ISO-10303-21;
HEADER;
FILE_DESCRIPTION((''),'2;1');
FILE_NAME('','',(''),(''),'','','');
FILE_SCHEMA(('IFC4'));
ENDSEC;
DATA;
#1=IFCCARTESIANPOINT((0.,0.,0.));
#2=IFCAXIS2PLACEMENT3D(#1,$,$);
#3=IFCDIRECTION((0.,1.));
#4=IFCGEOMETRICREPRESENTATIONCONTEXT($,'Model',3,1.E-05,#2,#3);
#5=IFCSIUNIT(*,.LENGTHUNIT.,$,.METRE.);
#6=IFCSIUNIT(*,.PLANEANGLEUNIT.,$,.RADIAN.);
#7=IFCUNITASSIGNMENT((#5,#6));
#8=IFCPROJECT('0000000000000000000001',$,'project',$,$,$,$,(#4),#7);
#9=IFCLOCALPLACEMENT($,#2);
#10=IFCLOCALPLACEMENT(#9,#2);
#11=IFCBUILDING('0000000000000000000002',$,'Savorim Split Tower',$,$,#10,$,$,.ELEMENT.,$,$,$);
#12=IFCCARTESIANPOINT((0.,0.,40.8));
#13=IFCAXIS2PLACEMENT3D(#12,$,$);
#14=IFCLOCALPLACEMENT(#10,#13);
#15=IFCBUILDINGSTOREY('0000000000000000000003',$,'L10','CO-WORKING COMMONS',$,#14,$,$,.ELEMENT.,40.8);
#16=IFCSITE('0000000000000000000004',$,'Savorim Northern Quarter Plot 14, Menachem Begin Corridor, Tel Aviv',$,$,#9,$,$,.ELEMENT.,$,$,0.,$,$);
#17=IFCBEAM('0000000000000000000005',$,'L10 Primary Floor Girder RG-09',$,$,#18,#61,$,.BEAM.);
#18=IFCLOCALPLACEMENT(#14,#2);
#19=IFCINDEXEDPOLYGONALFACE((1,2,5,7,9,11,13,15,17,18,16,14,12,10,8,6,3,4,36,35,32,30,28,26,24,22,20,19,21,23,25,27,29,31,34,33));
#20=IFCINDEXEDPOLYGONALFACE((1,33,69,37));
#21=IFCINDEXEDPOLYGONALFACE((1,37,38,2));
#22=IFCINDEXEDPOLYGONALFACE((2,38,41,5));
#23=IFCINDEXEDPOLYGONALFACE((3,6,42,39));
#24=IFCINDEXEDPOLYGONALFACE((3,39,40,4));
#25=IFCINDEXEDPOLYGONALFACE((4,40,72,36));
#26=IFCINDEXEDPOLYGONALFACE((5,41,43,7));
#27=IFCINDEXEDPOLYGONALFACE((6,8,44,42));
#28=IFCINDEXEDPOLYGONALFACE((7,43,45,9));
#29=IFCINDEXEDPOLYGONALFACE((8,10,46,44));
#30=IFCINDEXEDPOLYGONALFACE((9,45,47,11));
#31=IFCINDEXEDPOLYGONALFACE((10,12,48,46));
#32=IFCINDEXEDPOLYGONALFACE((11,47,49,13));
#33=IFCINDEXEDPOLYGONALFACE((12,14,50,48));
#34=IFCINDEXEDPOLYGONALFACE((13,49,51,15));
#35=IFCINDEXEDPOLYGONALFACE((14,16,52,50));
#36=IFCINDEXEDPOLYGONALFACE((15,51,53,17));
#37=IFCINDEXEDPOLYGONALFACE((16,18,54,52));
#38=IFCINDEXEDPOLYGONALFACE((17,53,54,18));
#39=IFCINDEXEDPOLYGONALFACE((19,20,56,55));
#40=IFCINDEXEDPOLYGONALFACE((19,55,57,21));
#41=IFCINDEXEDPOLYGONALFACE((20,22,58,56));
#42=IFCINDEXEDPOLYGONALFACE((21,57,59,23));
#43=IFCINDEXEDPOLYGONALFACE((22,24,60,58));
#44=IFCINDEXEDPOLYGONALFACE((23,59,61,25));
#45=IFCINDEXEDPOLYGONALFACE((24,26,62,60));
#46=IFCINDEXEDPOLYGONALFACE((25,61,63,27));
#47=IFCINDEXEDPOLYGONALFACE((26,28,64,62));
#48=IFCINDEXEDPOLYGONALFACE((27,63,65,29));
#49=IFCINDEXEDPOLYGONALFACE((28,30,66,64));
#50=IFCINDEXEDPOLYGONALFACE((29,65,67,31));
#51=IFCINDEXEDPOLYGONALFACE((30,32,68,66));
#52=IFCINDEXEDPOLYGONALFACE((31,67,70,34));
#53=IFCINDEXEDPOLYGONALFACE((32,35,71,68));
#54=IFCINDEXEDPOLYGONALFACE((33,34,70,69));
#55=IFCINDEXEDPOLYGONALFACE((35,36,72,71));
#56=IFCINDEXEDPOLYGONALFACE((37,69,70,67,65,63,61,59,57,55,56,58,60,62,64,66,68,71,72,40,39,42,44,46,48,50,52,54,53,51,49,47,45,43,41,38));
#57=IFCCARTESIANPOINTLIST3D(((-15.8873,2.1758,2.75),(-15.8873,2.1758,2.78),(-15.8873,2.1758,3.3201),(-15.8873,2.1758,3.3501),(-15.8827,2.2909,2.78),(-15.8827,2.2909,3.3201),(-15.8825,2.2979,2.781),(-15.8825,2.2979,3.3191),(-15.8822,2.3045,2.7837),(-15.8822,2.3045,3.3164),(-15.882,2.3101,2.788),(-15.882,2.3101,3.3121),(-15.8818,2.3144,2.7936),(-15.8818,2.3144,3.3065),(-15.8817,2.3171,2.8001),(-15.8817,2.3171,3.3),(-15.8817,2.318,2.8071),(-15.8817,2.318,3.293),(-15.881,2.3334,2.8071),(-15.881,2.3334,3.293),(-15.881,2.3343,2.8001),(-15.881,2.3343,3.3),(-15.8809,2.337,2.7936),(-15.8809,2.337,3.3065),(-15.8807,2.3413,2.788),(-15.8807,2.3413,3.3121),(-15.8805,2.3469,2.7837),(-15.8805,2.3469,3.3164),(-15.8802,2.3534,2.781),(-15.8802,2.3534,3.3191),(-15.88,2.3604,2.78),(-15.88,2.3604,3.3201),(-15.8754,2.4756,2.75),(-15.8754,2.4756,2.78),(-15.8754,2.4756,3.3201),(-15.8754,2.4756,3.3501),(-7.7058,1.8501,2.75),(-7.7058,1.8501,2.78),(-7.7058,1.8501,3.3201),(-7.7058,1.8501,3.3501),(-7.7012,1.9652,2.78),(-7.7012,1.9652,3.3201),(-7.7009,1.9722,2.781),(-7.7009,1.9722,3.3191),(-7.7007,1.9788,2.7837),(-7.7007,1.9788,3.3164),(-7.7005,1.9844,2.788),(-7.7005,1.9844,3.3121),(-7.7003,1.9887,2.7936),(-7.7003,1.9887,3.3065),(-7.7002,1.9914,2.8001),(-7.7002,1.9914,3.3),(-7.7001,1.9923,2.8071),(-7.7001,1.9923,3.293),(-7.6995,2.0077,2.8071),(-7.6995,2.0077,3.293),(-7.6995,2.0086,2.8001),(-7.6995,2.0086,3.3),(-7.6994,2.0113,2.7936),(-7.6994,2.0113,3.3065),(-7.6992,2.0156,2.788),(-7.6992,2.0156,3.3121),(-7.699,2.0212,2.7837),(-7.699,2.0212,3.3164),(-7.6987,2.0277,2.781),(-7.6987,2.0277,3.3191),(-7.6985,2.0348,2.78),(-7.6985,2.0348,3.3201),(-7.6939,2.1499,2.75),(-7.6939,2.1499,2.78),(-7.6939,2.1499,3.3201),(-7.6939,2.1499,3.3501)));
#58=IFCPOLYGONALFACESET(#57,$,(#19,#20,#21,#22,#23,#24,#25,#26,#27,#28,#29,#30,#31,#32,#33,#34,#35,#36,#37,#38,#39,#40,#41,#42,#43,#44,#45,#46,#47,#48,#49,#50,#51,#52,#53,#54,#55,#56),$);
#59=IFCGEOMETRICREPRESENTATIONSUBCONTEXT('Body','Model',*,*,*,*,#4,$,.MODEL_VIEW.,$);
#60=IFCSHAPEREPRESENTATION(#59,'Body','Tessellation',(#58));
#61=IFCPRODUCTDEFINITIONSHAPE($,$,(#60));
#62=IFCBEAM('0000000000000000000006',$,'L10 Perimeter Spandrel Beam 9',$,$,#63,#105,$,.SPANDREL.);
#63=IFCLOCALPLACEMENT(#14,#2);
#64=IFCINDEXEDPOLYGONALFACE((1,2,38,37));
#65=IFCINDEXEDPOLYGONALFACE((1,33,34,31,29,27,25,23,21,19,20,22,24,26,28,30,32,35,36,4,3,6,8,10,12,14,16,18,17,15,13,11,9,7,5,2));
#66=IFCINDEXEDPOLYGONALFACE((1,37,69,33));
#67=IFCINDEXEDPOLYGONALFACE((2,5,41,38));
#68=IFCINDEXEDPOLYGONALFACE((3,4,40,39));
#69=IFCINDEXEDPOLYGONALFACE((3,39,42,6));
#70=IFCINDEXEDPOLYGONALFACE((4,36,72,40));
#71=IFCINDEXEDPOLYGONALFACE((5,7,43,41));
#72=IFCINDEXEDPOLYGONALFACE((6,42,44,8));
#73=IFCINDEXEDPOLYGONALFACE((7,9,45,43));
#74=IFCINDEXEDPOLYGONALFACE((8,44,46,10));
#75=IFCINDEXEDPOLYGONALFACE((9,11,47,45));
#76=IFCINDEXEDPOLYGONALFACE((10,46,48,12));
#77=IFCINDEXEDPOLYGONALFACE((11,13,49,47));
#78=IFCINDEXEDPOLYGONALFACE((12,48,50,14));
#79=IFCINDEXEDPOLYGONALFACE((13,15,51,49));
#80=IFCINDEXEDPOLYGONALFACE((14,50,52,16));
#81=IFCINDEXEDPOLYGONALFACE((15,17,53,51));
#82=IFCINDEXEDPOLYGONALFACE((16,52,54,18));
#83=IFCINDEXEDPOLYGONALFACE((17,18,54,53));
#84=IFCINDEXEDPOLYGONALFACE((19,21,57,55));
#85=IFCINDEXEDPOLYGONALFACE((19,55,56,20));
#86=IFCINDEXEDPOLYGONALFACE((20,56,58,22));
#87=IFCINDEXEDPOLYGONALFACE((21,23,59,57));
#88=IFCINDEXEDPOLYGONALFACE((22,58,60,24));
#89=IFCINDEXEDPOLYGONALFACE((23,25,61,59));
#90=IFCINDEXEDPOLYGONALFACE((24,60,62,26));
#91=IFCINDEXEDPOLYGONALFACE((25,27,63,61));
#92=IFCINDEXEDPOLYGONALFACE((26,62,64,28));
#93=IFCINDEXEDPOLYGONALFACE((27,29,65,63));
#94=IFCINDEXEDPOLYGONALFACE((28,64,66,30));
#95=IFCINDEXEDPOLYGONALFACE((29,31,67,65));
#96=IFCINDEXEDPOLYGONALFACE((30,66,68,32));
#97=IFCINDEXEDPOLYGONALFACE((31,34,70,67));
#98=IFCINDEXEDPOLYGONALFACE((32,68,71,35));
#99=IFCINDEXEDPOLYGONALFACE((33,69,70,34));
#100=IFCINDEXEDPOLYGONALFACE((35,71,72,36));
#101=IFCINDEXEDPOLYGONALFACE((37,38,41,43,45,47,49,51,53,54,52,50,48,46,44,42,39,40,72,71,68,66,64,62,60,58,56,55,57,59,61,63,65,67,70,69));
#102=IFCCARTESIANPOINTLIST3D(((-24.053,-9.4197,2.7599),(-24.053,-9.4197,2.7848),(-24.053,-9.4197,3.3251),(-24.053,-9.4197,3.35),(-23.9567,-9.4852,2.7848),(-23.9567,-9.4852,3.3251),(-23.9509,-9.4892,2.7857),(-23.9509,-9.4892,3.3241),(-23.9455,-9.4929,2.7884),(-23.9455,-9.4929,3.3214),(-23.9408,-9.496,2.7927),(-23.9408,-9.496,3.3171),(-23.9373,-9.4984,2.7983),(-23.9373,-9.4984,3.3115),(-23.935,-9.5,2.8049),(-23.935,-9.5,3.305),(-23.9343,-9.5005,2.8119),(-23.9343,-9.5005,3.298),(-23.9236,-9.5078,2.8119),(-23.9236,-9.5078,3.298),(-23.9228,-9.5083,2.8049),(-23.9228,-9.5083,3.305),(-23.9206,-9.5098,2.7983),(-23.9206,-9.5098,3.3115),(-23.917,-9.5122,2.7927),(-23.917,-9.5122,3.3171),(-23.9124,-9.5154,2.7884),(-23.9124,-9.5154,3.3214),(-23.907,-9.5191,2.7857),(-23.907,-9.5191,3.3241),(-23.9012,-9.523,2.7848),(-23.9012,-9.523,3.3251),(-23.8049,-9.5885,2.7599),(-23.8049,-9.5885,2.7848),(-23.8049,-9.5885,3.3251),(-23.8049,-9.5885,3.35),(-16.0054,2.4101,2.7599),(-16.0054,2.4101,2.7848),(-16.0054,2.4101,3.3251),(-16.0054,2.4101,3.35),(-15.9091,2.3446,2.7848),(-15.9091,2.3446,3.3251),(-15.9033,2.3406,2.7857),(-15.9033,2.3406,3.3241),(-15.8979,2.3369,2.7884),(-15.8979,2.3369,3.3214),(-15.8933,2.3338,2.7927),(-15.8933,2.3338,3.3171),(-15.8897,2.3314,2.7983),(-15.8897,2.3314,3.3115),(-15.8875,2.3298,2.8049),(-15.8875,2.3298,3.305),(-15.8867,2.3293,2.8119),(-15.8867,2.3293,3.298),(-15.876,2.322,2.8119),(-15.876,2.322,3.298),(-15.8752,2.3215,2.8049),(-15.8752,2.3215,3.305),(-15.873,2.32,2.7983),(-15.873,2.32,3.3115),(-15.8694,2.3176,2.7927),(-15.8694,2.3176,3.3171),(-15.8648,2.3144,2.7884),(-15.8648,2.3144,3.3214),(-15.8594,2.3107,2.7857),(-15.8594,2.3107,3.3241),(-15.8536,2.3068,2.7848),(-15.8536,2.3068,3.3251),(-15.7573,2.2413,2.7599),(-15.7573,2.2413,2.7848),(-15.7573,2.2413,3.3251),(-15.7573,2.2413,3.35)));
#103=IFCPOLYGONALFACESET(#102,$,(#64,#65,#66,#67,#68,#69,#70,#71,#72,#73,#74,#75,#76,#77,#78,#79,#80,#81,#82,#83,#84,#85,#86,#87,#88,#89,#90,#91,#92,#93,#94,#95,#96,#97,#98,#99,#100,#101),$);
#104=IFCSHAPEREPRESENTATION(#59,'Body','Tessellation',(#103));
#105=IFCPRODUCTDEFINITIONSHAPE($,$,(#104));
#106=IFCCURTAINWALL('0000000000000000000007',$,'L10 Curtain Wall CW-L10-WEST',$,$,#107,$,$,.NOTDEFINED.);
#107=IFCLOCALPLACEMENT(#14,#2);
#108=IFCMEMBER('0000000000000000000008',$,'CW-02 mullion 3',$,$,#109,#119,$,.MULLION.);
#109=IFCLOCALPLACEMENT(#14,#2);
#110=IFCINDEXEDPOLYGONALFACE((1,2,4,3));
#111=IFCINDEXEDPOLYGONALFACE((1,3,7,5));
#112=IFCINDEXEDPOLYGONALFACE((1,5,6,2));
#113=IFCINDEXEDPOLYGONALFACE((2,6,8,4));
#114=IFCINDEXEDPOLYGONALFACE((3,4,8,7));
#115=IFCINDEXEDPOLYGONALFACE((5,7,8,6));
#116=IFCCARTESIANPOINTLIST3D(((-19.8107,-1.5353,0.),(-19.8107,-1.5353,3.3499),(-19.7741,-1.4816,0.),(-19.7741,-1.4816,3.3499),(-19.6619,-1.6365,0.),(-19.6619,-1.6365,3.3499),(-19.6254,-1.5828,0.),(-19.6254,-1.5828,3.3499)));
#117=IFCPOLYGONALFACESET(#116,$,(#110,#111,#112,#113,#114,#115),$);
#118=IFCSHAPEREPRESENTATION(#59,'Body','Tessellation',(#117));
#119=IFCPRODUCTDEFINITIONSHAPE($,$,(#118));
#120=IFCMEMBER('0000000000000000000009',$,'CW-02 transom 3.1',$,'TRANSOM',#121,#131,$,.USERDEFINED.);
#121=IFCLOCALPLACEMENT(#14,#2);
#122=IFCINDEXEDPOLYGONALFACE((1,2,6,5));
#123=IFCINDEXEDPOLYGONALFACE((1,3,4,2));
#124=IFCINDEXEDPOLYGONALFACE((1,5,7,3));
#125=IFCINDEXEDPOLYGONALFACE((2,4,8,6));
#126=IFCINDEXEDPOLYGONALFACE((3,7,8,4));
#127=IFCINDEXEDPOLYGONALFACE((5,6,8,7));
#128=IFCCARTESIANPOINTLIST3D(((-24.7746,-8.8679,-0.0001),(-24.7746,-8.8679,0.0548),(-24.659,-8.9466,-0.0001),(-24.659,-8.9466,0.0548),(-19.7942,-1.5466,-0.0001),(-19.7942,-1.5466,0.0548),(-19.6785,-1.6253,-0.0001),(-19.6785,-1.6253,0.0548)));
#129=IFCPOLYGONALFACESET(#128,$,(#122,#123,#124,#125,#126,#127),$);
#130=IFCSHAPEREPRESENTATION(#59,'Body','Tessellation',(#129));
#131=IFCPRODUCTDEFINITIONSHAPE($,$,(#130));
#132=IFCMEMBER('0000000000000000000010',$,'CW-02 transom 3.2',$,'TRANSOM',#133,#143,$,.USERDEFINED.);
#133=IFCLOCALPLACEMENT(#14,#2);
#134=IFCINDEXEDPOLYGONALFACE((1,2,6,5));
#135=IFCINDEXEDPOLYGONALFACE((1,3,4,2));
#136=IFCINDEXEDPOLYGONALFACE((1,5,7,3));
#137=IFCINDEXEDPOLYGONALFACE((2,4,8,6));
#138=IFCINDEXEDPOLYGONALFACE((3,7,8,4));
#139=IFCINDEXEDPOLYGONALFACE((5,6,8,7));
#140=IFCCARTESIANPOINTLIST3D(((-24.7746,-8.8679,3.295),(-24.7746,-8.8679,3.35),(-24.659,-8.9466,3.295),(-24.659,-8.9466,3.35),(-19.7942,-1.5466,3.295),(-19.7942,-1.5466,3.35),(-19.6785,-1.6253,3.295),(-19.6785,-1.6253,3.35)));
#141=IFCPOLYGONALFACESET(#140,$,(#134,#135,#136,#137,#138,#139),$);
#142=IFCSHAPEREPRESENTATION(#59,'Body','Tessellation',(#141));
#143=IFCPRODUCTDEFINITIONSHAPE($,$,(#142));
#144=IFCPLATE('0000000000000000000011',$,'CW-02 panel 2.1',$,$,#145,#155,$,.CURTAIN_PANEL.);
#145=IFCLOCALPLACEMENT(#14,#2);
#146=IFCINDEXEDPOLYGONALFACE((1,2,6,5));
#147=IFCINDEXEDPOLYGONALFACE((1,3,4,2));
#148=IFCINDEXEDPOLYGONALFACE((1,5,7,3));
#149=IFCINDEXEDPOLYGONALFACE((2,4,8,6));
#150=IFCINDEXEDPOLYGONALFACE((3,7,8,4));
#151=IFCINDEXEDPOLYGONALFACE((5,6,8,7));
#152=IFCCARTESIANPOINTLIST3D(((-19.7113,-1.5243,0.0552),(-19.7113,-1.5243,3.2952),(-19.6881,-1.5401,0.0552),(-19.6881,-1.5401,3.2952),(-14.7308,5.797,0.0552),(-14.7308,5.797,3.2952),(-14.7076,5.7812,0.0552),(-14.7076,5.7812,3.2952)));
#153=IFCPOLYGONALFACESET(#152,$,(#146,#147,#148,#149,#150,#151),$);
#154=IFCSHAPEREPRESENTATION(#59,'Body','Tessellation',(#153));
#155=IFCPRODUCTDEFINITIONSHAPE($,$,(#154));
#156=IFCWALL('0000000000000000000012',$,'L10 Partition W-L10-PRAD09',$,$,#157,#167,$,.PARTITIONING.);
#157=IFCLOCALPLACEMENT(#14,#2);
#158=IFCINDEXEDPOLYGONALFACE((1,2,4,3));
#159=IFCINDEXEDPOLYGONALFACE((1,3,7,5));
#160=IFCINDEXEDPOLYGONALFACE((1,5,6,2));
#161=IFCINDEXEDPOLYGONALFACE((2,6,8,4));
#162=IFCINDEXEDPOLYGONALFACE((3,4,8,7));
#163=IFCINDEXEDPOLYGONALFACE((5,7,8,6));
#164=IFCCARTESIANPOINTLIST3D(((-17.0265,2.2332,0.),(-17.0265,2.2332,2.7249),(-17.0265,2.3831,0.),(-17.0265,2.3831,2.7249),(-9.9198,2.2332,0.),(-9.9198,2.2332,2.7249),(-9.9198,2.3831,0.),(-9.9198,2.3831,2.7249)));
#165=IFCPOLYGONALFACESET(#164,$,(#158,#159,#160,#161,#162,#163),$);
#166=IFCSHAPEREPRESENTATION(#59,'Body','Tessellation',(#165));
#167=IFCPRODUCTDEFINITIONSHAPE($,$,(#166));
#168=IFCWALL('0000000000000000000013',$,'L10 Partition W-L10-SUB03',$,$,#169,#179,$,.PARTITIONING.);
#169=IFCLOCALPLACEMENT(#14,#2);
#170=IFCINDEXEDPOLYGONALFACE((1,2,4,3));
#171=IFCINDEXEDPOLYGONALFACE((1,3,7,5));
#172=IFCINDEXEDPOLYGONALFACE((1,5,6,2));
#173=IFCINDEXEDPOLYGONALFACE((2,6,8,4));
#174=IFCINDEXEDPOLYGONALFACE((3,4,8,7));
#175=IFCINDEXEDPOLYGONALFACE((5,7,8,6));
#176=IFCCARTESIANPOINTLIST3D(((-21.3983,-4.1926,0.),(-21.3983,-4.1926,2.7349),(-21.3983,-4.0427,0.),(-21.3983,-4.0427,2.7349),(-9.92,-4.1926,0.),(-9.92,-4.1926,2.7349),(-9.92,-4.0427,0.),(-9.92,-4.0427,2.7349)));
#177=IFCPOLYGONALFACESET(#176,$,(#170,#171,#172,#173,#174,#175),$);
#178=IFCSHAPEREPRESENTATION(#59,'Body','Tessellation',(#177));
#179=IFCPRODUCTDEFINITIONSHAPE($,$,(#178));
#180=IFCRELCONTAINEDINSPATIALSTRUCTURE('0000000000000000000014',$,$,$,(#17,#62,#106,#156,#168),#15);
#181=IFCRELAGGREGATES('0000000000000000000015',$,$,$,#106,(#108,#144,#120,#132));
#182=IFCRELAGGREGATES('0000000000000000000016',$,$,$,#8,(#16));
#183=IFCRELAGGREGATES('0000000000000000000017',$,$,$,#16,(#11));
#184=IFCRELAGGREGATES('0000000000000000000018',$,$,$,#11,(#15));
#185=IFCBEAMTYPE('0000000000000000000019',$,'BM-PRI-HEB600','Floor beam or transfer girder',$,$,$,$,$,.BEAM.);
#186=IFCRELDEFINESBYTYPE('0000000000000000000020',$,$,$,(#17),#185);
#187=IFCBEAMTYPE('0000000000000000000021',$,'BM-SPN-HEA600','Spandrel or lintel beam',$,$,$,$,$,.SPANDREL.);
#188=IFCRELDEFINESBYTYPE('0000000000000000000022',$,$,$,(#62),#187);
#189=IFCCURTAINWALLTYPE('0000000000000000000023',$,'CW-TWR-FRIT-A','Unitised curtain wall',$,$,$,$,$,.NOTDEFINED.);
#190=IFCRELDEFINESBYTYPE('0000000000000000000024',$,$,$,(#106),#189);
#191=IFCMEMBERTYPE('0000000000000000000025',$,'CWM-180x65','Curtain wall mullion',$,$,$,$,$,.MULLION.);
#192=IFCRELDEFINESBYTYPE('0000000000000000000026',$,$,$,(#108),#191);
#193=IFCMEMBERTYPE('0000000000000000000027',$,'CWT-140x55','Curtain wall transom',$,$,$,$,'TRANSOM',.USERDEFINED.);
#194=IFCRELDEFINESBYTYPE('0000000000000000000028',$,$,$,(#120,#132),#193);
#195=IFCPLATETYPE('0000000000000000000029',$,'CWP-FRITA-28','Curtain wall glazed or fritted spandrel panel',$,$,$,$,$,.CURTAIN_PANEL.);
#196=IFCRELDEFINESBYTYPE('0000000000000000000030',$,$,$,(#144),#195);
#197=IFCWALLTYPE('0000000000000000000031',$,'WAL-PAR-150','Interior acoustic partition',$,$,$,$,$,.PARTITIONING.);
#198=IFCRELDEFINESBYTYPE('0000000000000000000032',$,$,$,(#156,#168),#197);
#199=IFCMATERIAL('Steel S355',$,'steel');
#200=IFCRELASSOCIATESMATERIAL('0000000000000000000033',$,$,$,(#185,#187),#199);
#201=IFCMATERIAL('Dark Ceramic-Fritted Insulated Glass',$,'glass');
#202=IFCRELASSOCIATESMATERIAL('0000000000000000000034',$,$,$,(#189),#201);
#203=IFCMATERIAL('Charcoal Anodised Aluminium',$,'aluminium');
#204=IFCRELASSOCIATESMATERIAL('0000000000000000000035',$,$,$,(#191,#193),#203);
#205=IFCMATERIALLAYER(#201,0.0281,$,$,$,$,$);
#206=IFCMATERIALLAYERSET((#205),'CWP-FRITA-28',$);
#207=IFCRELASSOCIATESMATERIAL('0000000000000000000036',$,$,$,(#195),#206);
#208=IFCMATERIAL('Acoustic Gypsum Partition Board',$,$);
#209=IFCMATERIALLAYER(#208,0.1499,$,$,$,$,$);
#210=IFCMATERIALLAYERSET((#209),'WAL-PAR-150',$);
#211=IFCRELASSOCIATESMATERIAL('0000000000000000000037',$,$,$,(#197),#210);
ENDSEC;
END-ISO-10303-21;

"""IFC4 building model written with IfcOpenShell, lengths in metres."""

from ifc_helpers import new_model, si_unit, direction, frame, frame_2d, origin, origin_2d, place, context, subcontext, project, spatial, rectangle, i_section, extrude, material, layer, layer_set, material_profile, profile_set, type_object, element, aggregate, save


model = new_model("IFC4")

# Units and contexts
model_context = context("Model", 3, precision=1e-05, world=origin(), true_north=direction((0.0, 1.0)))
body_context = subcontext(model_context, "Body", "Model", "MODEL_VIEW")
ifc_project = project(units=[si_unit("LENGTHUNIT", "METRE"), si_unit("PLANEANGLEUNIT", "RADIAN")], contexts=[model_context])

# Site, building, storey
site_placement = place(None, origin())
site = spatial("IfcSite", under=ifc_project, at=site_placement, Name="Savorim Northern Quarter Plot 14, Menachem Begin Corridor, Tel Aviv", CompositionType="ELEMENT", RefElevation=0.0)
building_placement = place(site_placement, origin())
building = spatial("IfcBuilding", under=site, at=building_placement, Name="Savorim Split Tower", CompositionType="ELEMENT")
storey_placement = place(building_placement, frame((0.0, 0.0, 40.8)))
storey = spatial("IfcBuildingStorey", under=building, at=storey_placement, Name="L10", Description="CO-WORKING COMMONS", CompositionType="ELEMENT", Elevation=40.8)

# Beams
ifc_material_1 = material(Name="Steel S355", Category="steel")
ifc_material_profile_1 = material_profile(ifc_material_1, i_section(OverallWidth=0.3, OverallDepth=0.6001, WebThickness=0.0154, FlangeThickness=0.03, FilletRadius=0.0271, at=origin_2d()), Name="HEB 600")
ifc_profile_set_1 = profile_set([ifc_material_profile_1], Name="Steel S355")
beam_type_1 = type_object("IfcBeamType", Name="BM-PRI-HEB600", Description="Floor beam or transfer girder", PredefinedType="BEAM", material=ifc_profile_set_1)
beam_1_placement = place(storey_placement, frame((-15.8813, 2.3257, 3.05), z_axis=(0.999209, -0.039776, 0.0), x_axis=(0.039776, 0.999209, 0.0)))
element("IfcBeam", 1, at=beam_1_placement, inside=storey, type_object=beam_type_1, Name="L10 Primary Floor Girder RG-09", PredefinedType="BEAM", context=body_context, shape_type="SweptSolid", body=[
    extrude(i_section(OverallWidth=0.3, OverallDepth=0.6001, WebThickness=0.0154, FlangeThickness=0.03, FilletRadius=0.0271, at=origin_2d()), origin(), (0.0, 0.0, 1.0), 8.188),
])
ifc_material_profile_2 = material_profile(ifc_material_1, i_section(OverallWidth=0.3, OverallDepth=0.5901, WebThickness=0.0129, FlangeThickness=0.0249, FilletRadius=0.0271, at=origin_2d()), Name="HEA 600")
ifc_profile_set_2 = profile_set([ifc_material_profile_2], Name="Steel S355")
beam_type_2 = type_object("IfcBeamType", Name="BM-SPN-HEA600", Description="Spandrel or lintel beam", PredefinedType="SPANDREL", material=ifc_profile_set_2)
beam_2_placement = place(storey_placement, frame((-15.8813, 2.3257, 3.0549), z_axis=(-0.562469, -0.826819, 0.0), x_axis=(0.826819, -0.562469, 0.0)))
element("IfcBeam", 2, at=beam_2_placement, inside=storey, type_object=beam_type_2, Name="L10 Perimeter Spandrel Beam 9", PredefinedType="SPANDREL", context=body_context, shape_type="SweptSolid", body=[
    extrude(i_section(OverallWidth=0.3, OverallDepth=0.5901, WebThickness=0.0129, FlangeThickness=0.0249, FilletRadius=0.0271, at=origin_2d()), origin(), (0.0, 0.0, 1.0), 14.3076),
])

# Curtain wall, members, plate
ifc_material_2 = material(Name="Dark Ceramic-Fritted Insulated Glass", Category="glass")
curtain_wall_type = type_object("IfcCurtainWallType", Name="CW-TWR-FRIT-A", Description="Unitised curtain wall", PredefinedType="NOTDEFINED", material=ifc_material_2)
curtain_wall_placement = place(storey_placement, origin())
curtain_wall = element("IfcCurtainWall", 3, at=curtain_wall_placement, inside=storey, type_object=curtain_wall_type, Name="L10 Curtain Wall CW-L10-WEST", PredefinedType="NOTDEFINED")
ifc_material_3 = material(Name="Charcoal Anodised Aluminium", Category="aluminium")
ifc_material_profile_3 = material_profile(ifc_material_3, rectangle(XDim=0.1799, YDim=0.0649, at=origin_2d()), Name="ALU-M 180x65")
ifc_profile_set_3 = profile_set([ifc_material_profile_3], Name="Charcoal Anodised Aluminium")
member_type_1 = type_object("IfcMemberType", Name="CWM-180x65", Description="Curtain wall mullion", PredefinedType="MULLION", material=ifc_profile_set_3)
member_1_placement = place(storey_placement, frame((-19.718, -1.5591, 0.0), z_axis=(0.0, 0.0, 1.0), x_axis=(0.826821, -0.562465, 0.0)))
member_1 = element("IfcMember", 4, at=member_1_placement, type_object=member_type_1, Name="CW-02 mullion 3", PredefinedType="MULLION", context=body_context, shape_type="SweptSolid", body=[
    extrude(rectangle(XDim=0.1799, YDim=0.0649, at=origin_2d()), origin(), (0.0, 0.0, 1.0), 3.3499),
])
ifc_material_profile_4 = material_profile(ifc_material_3, rectangle(XDim=0.1399, YDim=0.0549, at=origin_2d()), Name="ALU-T 140x55")
ifc_profile_set_4 = profile_set([ifc_material_profile_4], Name="Charcoal Anodised Aluminium")
member_type_2 = type_object("IfcMemberType", Name="CWT-140x55", Description="Curtain wall transom", ElementType="TRANSOM", PredefinedType="USERDEFINED", material=ifc_profile_set_4)
member_2_placement = place(storey_placement, frame((-19.7363, -1.5859, 0.0273), z_axis=(-0.562464, -0.826822, 0.0), x_axis=(0.826822, -0.562464, 0.0)))
member_2 = element("IfcMember", 5, at=member_2_placement, type_object=member_type_2, Name="CW-02 transom 3.1", ObjectType="TRANSOM", PredefinedType="USERDEFINED", context=body_context, shape_type="SweptSolid", body=[
    extrude(rectangle(XDim=0.1399, YDim=0.0549, at=origin_2d()), origin(), (0.0, 0.0, 1.0), 8.8547),
])
member_3_placement = place(storey_placement, frame((-19.7363, -1.5859, 3.3225), z_axis=(-0.562464, -0.826822, 0.0), x_axis=(0.826822, -0.562464, 0.0)))
member_3 = element("IfcMember", 6, at=member_3_placement, type_object=member_type_2, Name="CW-02 transom 3.2", ObjectType="TRANSOM", PredefinedType="USERDEFINED", context=body_context, shape_type="SweptSolid", body=[
    extrude(rectangle(XDim=0.1399, YDim=0.0549, at=origin_2d()), origin(), (0.0, 0.0, 1.0), 8.8547),
])
ifc_layer_1 = layer(ifc_material_2, 0.0281)
ifc_layer_set_1 = layer_set([ifc_layer_1], Name="CWP-FRITA-28")
plate_type = type_object("IfcPlateType", Name="CWP-FRITA-28", Description="Curtain wall glazed or fritted spandrel panel", PredefinedType="CURTAIN_PANEL", material=ifc_layer_set_1)
plate_placement = place(storey_placement, frame((-17.2095, 2.1284, 0.0552), z_axis=(0.0, 0.0, 1.0), x_axis=(-0.562465, -0.826821, 0.0)))
plate = element("IfcPlate", 7, at=plate_placement, type_object=plate_type, Name="CW-02 panel 2.1", PredefinedType="CURTAIN_PANEL", context=body_context, shape_type="SweptSolid", body=[
    extrude(rectangle(XDim=8.8547, YDim=0.0281, at=origin_2d()), origin(), (0.0, 0.0, 1.0), 3.24),
])
aggregate(curtain_wall, [member_1, plate, member_2, member_3])

# Walls
ifc_material_4 = material(Name="Acoustic Gypsum Partition Board")
ifc_layer_2 = layer(ifc_material_4, 0.1499)
ifc_layer_set_2 = layer_set([ifc_layer_2], Name="WAL-PAR-150")
wall_type_1 = type_object("IfcWallType", Name="WAL-PAR-150", Description="Interior acoustic partition", PredefinedType="PARTITIONING", material=ifc_layer_set_2)
wall_1_placement = place(storey_placement, frame((-9.9199, 2.3081, 0.0), z_axis=(0.0, 0.0, 1.0), x_axis=(-1.0, 0.0, 0.0)))
element("IfcWall", 8, at=wall_1_placement, inside=storey, type_object=wall_type_1, Name="L10 Partition W-L10-PRAD09", PredefinedType="PARTITIONING", context=body_context, shape_type="SweptSolid", body=[
    extrude(rectangle(XDim=7.1067, YDim=0.1499, at=frame_2d((3.5532, 0.0))), origin(), (0.0, 0.0, 1.0), 2.7249),
])
wall_2_placement = place(storey_placement, frame((-9.9199, -4.1177, 0.0), z_axis=(0.0, 0.0, 1.0), x_axis=(-1.0, 0.0, 0.0)))
element("IfcWall", 9, at=wall_2_placement, inside=storey, type_object=wall_type_1, Name="L10 Partition W-L10-SUB03", PredefinedType="PARTITIONING", context=body_context, shape_type="SweptSolid", body=[
    extrude(rectangle(XDim=11.4783, YDim=0.1499, at=frame_2d((5.7393, 0.0))), origin(), (0.0, 0.0, 1.0), 2.7349),
])

save(model, "model.ifc")
